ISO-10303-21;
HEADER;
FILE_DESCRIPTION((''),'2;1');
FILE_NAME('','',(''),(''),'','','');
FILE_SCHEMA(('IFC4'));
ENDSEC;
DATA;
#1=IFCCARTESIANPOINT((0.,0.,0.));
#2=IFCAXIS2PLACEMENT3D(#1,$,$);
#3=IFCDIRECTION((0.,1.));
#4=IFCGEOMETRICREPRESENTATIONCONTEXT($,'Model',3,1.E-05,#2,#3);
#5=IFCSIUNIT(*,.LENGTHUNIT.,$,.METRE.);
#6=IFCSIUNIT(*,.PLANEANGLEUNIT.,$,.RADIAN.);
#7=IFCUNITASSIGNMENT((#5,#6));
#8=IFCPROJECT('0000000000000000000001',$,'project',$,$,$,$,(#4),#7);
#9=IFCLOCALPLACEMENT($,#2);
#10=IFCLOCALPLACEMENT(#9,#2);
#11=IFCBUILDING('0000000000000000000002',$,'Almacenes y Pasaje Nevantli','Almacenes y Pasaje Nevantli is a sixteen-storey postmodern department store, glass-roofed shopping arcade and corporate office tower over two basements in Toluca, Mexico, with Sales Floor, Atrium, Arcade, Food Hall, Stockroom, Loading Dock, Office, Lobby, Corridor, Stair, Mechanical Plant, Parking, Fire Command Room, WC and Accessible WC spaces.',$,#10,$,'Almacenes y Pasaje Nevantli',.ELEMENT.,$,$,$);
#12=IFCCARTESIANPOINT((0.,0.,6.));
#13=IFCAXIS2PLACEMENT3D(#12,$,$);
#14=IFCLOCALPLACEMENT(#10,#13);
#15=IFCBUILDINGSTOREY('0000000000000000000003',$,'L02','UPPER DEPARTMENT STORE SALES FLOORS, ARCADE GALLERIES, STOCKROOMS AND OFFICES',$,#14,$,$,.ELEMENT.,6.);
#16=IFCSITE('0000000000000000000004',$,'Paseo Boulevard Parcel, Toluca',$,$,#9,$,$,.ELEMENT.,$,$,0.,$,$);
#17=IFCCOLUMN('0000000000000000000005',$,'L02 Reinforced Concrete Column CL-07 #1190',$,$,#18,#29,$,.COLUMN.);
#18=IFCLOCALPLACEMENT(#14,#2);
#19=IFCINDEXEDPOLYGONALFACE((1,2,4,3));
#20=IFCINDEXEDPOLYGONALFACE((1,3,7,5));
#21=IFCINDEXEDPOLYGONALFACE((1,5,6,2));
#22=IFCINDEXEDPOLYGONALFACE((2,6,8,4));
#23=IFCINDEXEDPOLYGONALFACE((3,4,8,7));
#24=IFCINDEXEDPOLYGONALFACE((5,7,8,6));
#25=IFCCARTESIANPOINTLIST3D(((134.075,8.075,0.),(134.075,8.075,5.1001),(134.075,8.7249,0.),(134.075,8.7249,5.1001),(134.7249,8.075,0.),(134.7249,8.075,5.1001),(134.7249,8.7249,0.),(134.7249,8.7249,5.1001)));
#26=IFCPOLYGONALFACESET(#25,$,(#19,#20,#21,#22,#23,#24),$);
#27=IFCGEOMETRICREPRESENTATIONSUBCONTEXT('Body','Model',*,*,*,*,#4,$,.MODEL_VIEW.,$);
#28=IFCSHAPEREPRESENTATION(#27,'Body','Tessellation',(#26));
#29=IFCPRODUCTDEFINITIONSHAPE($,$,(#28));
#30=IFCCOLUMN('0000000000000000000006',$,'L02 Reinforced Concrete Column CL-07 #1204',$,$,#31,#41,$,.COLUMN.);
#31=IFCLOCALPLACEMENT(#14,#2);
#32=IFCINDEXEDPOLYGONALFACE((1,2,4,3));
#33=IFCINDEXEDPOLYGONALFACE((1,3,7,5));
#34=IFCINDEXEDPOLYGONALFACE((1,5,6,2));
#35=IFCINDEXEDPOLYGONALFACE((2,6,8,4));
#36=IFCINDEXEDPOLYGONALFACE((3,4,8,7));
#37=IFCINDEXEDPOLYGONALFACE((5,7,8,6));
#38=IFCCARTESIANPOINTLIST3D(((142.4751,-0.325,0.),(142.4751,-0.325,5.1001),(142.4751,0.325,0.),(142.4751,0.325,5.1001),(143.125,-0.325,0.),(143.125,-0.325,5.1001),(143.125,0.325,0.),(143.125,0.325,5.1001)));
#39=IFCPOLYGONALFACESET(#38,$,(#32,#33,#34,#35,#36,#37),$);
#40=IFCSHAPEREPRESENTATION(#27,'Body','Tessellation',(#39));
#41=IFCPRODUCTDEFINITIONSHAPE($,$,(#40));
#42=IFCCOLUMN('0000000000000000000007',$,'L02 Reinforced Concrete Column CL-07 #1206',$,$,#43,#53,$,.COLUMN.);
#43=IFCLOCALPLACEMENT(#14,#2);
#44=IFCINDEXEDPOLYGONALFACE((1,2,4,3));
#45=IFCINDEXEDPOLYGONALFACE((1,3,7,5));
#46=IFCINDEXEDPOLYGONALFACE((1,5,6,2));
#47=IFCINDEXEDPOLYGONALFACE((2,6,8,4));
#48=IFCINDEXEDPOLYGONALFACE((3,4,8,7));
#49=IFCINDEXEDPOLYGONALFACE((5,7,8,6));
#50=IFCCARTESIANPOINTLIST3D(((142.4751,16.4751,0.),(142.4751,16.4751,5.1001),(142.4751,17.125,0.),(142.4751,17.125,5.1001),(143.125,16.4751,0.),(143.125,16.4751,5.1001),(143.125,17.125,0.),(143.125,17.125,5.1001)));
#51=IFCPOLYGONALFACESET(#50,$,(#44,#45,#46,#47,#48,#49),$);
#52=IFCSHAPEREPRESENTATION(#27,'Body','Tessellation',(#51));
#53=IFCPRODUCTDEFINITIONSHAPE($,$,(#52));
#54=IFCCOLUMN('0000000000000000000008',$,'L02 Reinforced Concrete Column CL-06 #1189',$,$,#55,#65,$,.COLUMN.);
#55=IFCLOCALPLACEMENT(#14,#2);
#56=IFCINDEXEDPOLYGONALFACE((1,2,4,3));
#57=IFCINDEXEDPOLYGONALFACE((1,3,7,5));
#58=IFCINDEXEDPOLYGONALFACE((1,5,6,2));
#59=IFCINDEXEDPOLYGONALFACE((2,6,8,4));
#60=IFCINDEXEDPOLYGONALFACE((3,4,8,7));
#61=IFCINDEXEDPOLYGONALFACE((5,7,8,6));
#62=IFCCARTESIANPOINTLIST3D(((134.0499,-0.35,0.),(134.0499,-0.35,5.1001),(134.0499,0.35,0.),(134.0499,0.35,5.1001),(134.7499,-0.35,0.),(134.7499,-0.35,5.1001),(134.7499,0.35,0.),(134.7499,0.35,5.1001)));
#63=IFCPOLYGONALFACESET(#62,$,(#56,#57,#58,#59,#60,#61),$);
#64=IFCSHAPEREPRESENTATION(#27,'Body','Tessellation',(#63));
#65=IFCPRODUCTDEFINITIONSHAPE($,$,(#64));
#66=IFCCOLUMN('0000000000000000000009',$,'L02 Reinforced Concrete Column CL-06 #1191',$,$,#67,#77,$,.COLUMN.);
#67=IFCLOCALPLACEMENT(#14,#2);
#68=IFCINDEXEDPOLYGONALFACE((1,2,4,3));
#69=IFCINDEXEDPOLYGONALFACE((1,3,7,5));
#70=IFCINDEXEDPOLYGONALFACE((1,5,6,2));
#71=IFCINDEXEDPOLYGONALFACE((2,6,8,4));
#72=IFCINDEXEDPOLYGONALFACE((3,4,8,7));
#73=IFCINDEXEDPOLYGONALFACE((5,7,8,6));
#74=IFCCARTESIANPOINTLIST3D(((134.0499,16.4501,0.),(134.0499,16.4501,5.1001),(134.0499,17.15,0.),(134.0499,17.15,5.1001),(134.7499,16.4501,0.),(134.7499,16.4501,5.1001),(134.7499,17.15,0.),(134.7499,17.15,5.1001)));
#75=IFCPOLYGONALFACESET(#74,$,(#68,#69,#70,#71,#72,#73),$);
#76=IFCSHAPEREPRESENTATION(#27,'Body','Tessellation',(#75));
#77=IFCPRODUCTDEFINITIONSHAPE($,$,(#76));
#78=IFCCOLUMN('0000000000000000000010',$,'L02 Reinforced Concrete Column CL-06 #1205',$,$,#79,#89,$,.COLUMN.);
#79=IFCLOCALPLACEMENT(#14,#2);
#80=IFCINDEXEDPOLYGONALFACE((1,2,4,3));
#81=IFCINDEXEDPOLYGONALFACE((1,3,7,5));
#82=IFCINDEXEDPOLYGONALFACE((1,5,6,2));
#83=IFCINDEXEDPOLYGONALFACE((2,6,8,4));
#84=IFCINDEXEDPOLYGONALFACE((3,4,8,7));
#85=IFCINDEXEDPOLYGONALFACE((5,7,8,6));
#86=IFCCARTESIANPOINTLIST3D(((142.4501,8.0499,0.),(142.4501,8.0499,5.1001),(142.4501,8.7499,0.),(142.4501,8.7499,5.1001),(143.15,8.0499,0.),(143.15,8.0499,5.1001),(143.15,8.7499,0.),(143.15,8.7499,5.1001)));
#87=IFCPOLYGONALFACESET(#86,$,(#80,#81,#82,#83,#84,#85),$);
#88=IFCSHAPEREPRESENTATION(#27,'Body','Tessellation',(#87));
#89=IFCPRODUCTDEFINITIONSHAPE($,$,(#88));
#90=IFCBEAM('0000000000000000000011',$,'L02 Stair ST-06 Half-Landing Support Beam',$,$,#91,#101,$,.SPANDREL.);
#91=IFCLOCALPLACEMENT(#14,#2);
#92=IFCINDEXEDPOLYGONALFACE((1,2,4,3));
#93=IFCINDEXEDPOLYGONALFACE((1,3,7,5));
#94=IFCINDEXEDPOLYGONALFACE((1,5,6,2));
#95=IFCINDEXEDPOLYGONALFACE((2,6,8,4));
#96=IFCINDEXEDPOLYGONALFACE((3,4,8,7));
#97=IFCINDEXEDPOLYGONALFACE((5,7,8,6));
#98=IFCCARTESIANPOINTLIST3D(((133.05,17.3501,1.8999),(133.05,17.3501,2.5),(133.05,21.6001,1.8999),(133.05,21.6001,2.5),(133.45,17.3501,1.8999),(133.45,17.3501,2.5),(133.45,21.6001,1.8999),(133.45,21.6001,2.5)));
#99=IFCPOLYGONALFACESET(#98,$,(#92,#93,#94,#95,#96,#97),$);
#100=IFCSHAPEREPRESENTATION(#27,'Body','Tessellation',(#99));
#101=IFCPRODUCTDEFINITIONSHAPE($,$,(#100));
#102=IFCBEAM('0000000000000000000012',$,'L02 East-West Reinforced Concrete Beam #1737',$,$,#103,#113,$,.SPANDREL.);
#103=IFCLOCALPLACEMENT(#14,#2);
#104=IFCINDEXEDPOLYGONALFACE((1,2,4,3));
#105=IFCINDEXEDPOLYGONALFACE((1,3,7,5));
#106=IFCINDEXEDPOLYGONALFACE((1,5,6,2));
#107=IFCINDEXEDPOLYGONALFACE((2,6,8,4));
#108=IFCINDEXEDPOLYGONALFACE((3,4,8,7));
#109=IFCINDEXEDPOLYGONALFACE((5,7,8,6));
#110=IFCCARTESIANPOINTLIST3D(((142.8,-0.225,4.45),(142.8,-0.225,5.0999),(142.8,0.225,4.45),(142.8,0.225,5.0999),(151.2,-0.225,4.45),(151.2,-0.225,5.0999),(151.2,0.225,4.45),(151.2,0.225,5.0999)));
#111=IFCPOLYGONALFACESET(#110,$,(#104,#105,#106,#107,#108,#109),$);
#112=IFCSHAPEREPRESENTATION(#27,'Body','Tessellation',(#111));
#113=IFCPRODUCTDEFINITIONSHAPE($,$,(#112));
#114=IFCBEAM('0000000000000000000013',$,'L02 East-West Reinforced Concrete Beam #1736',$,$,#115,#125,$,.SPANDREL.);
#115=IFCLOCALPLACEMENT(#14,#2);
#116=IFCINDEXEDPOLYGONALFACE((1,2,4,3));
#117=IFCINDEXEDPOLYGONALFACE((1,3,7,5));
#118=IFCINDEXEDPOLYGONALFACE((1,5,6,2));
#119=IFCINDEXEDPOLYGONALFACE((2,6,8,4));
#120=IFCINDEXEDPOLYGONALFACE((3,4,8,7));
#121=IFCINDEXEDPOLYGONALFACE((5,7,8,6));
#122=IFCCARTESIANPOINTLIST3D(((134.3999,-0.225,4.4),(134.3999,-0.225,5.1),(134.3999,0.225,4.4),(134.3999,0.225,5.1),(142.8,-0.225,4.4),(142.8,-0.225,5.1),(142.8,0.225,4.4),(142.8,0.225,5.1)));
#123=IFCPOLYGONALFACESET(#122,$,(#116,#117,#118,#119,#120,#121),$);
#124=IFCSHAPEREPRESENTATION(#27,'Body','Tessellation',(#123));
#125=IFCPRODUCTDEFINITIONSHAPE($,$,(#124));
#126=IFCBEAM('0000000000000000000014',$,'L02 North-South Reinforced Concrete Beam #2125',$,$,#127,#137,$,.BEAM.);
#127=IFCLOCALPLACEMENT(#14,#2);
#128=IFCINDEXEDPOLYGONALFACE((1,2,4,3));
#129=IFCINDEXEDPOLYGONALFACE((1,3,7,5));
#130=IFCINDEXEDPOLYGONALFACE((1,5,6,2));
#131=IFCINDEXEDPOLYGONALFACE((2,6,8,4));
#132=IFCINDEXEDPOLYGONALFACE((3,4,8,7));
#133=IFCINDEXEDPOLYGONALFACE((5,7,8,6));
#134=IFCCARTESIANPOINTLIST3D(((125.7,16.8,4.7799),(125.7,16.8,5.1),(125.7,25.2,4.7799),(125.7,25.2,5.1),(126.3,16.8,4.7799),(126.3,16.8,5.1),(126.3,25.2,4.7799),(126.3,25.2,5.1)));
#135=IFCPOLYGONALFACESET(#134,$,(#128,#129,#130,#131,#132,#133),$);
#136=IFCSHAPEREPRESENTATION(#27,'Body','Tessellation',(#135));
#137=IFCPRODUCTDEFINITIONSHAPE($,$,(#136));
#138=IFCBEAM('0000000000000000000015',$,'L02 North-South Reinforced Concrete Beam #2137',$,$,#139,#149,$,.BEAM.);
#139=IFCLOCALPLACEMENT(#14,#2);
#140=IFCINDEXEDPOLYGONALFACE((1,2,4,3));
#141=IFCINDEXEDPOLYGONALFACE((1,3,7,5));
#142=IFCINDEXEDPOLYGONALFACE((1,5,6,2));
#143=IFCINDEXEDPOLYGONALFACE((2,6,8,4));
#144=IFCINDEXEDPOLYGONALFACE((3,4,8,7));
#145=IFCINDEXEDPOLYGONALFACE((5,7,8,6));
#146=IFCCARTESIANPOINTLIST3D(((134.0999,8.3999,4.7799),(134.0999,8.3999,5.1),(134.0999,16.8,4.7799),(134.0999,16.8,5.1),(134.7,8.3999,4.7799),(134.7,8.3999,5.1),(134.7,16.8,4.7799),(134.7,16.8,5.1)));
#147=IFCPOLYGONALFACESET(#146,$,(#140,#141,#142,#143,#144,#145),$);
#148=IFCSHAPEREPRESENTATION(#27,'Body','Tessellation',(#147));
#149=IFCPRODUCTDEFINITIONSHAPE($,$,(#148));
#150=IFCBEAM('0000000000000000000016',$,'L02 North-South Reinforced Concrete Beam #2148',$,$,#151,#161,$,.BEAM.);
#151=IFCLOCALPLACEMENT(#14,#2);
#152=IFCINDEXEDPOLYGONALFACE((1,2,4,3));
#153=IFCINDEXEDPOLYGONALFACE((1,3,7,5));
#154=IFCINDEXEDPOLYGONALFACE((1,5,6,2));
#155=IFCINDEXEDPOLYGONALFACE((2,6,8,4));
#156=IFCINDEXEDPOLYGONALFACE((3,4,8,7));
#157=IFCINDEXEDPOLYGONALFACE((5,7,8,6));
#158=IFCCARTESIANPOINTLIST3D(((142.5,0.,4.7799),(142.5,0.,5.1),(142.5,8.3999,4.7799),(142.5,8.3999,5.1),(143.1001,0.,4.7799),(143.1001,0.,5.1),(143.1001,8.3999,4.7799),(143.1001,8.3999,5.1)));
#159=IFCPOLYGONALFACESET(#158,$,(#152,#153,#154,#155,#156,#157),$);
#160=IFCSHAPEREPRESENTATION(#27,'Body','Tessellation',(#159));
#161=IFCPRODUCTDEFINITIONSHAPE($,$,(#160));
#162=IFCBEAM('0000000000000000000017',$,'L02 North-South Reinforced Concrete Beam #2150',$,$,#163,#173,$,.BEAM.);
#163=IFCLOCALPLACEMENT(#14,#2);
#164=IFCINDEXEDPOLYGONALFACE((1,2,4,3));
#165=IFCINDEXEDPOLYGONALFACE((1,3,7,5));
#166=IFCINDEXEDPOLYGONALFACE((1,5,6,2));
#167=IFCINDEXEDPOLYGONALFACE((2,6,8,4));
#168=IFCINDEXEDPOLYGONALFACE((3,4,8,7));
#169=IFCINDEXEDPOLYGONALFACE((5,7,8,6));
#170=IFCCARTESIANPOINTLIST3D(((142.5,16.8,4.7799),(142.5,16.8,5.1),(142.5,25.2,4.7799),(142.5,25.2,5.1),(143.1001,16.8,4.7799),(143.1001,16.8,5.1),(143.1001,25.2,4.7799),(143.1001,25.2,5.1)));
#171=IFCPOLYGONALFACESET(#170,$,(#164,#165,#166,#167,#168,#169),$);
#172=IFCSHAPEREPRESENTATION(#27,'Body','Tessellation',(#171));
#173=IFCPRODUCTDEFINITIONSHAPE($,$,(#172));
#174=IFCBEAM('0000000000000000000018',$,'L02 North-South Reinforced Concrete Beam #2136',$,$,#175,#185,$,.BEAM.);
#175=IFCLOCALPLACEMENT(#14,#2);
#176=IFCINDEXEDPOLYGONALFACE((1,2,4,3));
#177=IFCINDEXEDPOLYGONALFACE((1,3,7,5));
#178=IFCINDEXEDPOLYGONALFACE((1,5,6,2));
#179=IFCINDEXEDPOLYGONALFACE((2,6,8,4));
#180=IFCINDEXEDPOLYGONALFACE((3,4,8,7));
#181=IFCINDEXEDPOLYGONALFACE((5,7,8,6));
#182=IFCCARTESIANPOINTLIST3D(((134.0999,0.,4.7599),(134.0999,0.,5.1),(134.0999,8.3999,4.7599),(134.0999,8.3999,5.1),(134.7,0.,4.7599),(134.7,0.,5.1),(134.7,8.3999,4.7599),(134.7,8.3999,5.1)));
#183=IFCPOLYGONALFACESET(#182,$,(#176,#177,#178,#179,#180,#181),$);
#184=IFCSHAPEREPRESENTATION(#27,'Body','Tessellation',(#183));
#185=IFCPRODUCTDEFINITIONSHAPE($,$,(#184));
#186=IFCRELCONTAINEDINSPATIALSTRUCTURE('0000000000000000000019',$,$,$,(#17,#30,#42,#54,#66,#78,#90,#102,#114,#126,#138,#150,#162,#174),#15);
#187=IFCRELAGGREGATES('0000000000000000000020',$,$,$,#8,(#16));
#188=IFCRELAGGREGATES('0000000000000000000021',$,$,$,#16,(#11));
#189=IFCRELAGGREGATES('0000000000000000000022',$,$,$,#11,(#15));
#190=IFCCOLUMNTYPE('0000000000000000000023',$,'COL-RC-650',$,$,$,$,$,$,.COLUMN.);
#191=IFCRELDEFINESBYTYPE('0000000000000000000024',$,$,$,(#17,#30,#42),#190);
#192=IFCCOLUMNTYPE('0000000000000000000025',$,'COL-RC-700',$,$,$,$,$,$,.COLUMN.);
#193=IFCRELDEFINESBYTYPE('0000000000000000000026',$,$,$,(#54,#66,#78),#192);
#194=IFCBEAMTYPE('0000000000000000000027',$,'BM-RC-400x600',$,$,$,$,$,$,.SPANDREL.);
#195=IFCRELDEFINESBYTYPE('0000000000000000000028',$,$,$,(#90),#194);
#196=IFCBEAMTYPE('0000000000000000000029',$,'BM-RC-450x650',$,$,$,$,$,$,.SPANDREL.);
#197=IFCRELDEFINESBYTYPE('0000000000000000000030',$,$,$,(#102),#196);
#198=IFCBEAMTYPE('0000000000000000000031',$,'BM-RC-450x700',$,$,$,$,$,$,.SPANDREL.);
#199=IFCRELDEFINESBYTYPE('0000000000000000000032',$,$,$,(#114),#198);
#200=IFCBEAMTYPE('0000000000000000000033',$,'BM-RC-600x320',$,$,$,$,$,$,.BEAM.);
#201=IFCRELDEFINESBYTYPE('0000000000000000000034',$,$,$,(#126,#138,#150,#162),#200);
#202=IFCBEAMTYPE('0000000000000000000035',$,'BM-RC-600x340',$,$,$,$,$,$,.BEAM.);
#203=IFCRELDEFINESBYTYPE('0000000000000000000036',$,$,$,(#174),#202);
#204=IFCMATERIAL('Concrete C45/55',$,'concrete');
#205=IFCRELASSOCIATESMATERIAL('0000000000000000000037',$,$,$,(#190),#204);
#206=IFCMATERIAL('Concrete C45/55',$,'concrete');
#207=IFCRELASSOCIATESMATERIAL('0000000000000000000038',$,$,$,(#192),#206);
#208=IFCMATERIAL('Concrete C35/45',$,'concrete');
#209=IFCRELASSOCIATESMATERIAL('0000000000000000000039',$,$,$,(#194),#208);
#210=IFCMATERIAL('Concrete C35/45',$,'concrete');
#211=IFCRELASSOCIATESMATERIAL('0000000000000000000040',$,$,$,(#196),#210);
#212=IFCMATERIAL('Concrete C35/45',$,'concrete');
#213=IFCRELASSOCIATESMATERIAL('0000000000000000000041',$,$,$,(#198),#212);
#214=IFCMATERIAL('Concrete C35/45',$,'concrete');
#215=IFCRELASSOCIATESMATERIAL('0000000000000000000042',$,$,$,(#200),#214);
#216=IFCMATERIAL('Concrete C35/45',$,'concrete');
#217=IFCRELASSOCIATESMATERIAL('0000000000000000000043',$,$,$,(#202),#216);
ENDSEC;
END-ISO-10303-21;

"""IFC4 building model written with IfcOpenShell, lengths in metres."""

from ifc_helpers import new_model, si_unit, direction, frame, origin, origin_2d, place, context, subcontext, project, spatial, rectangle, extrude, material, material_profile, profile_set, type_object, element, save


model = new_model("IFC4")

# Units and contexts
model_context = context("Model", 3, precision=1e-05, world=origin(), true_north=direction((0.0, 1.0)))
body_context = subcontext(model_context, "Body", "Model", "MODEL_VIEW")
ifc_project = project(units=[si_unit("LENGTHUNIT", "METRE"), si_unit("PLANEANGLEUNIT", "RADIAN")], contexts=[model_context])

# Site, building, storey
site_placement = place(None, origin())
site = spatial("IfcSite", under=ifc_project, at=site_placement, Name="Paseo Boulevard Parcel, Toluca", CompositionType="ELEMENT", RefElevation=0.0)
building_placement = place(site_placement, origin())
building = spatial("IfcBuilding", under=site, at=building_placement, Name="Almacenes y Pasaje Nevantli", Description="Almacenes y Pasaje Nevantli is a sixteen-storey postmodern department store, glass-roofed shopping arcade and corporate office tower over two basements in Toluca, Mexico, with Sales Floor, Atrium, Arcade, Food Hall, Stockroom, Loading Dock, Office, Lobby, Corridor, Stair, Mechanical Plant, Parking, Fire Command Room, WC and Accessible WC spaces.", LongName="Almacenes y Pasaje Nevantli", CompositionType="ELEMENT")
storey_placement = place(building_placement, frame((0.0, 0.0, 6.0)))
storey = spatial("IfcBuildingStorey", under=building, at=storey_placement, Name="L02", Description="UPPER DEPARTMENT STORE SALES FLOORS, ARCADE GALLERIES, STOCKROOMS AND OFFICES", CompositionType="ELEMENT", Elevation=6.0)

# Columns
ifc_material_1 = material(Name="Concrete C45/55", Category="concrete")
ifc_material_profile_1 = material_profile(ifc_material_1, rectangle(XDim=0.6499, YDim=0.6499, at=origin_2d()), Name="RC-COL-650x650")
ifc_profile_set_1 = profile_set([ifc_material_profile_1], Name="Concrete C45/55")
column_type_1 = type_object("IfcColumnType", Name="COL-RC-650", PredefinedType="COLUMN", material=ifc_profile_set_1)
for number, where, z_axis, x_axis, name in (
    (1, (134.3999, 8.3999, 0.0), (0.0, 0.0, 1.0), (1.0, 0.0, 0.0), "L02 Reinforced Concrete Column CL-07 #1190"),
    (2, (142.8, 0.0, 0.0), (0.0, 0.0, 1.0), (1.0, 0.0, 0.0), "L02 Reinforced Concrete Column CL-07 #1204"),
    (3, (142.8, 16.8, 0.0), (0.0, 0.0, 1.0), (1.0, 0.0, 0.0), "L02 Reinforced Concrete Column CL-07 #1206"),
):
    element("IfcColumn", number, at=place(storey_placement, frame(where, z_axis=z_axis, x_axis=x_axis)), inside=storey, type_object=column_type_1, Name=name, PredefinedType="COLUMN", context=body_context, shape_type="SweptSolid", body=[
        extrude(rectangle(XDim=0.6499, YDim=0.6499, at=origin_2d()), origin(), (0.0, 0.0, 1.0), 5.1001),
    ])
ifc_material_2 = material(Name="Concrete C45/55", Category="concrete")
ifc_material_profile_2 = material_profile(ifc_material_2, rectangle(XDim=0.7, YDim=0.7, at=origin_2d()), Name="RC-COL-700x700")
ifc_profile_set_2 = profile_set([ifc_material_profile_2], Name="Concrete C45/55")
column_type_2 = type_object("IfcColumnType", Name="COL-RC-700", PredefinedType="COLUMN", material=ifc_profile_set_2)
for number, where, z_axis, x_axis, name in (
    (4, (134.3999, 0.0, 0.0), (0.0, 0.0, 1.0), (1.0, 0.0, 0.0), "L02 Reinforced Concrete Column CL-06 #1189"),
    (5, (134.3999, 16.8, 0.0), (0.0, 0.0, 1.0), (1.0, 0.0, 0.0), "L02 Reinforced Concrete Column CL-06 #1191"),
    (6, (142.8, 8.3999, 0.0), (0.0, 0.0, 1.0), (1.0, 0.0, 0.0), "L02 Reinforced Concrete Column CL-06 #1205"),
):
    element("IfcColumn", number, at=place(storey_placement, frame(where, z_axis=z_axis, x_axis=x_axis)), inside=storey, type_object=column_type_2, Name=name, PredefinedType="COLUMN", context=body_context, shape_type="SweptSolid", body=[
        extrude(rectangle(XDim=0.7, YDim=0.7, at=origin_2d()), origin(), (0.0, 0.0, 1.0), 5.1001),
    ])

# Beams
ifc_material_3 = material(Name="Concrete C35/45", Category="concrete")
ifc_material_profile_3 = material_profile(ifc_material_3, rectangle(XDim=0.3999, YDim=0.6001, at=origin_2d()), Name="RC-BM-400x600")
ifc_profile_set_3 = profile_set([ifc_material_profile_3], Name="Concrete C35/45")
beam_type_1 = type_object("IfcBeamType", Name="BM-RC-400x600", PredefinedType="SPANDREL", material=ifc_profile_set_3)
beam_1_placement = place(storey_placement, frame((133.25, 17.3501, 2.2), z_axis=(0.0, 1.0, 0.0), x_axis=(-1.0, 0.0, 0.0)))
element("IfcBeam", 7, at=beam_1_placement, inside=storey, type_object=beam_type_1, Name="L02 Stair ST-06 Half-Landing Support Beam", PredefinedType="SPANDREL", context=body_context, shape_type="SweptSolid", body=[
    extrude(rectangle(XDim=0.3999, YDim=0.6001, at=origin_2d()), origin(), (0.0, 0.0, 1.0), 4.25),
])
ifc_material_4 = material(Name="Concrete C35/45", Category="concrete")
ifc_material_profile_4 = material_profile(ifc_material_4, rectangle(XDim=0.45, YDim=0.6499, at=origin_2d()), Name="RC-BM-450x650")
ifc_profile_set_4 = profile_set([ifc_material_profile_4], Name="Concrete C35/45")
beam_type_2 = type_object("IfcBeamType", Name="BM-RC-450x650", PredefinedType="SPANDREL", material=ifc_profile_set_4)
beam_2_placement = place(storey_placement, frame((142.8, 0.0, 4.7749), z_axis=(1.0, 0.0, 0.0), x_axis=(0.0, 1.0, 0.0)))
element("IfcBeam", 8, at=beam_2_placement, inside=storey, type_object=beam_type_2, Name="L02 East-West Reinforced Concrete Beam #1737", PredefinedType="SPANDREL", context=body_context, shape_type="SweptSolid", body=[
    extrude(rectangle(XDim=0.45, YDim=0.6499, at=origin_2d()), origin(), (0.0, 0.0, 1.0), 8.3999),
])
ifc_material_5 = material(Name="Concrete C35/45", Category="concrete")
ifc_material_profile_5 = material_profile(ifc_material_5, rectangle(XDim=0.45, YDim=0.7, at=origin_2d()), Name="RC-BM-450x700")
ifc_profile_set_5 = profile_set([ifc_material_profile_5], Name="Concrete C35/45")
beam_type_3 = type_object("IfcBeamType", Name="BM-RC-450x700", PredefinedType="SPANDREL", material=ifc_profile_set_5)
beam_3_placement = place(storey_placement, frame((134.3999, 0.0, 4.75), z_axis=(1.0, 0.0, 0.0), x_axis=(0.0, 1.0, 0.0)))
element("IfcBeam", 9, at=beam_3_placement, inside=storey, type_object=beam_type_3, Name="L02 East-West Reinforced Concrete Beam #1736", PredefinedType="SPANDREL", context=body_context, shape_type="SweptSolid", body=[
    extrude(rectangle(XDim=0.45, YDim=0.7, at=origin_2d()), origin(), (0.0, 0.0, 1.0), 8.4001),
])
ifc_material_6 = material(Name="Concrete C35/45", Category="concrete")
ifc_material_profile_6 = material_profile(ifc_material_6, rectangle(XDim=0.6001, YDim=0.3201, at=origin_2d()), Name="RC-BM-600x320")
ifc_profile_set_6 = profile_set([ifc_material_profile_6], Name="Concrete C35/45")
beam_type_4 = type_object("IfcBeamType", Name="BM-RC-600x320", PredefinedType="BEAM", material=ifc_profile_set_6)
beam_4_placement = place(storey_placement, frame((126.0, 16.8, 4.9399), z_axis=(0.0, 1.0, 0.0), x_axis=(-1.0, 0.0, 0.0)))
element("IfcBeam", 10, at=beam_4_placement, inside=storey, type_object=beam_type_4, Name="L02 North-South Reinforced Concrete Beam #2125", PredefinedType="BEAM", context=body_context, shape_type="SweptSolid", body=[
    extrude(rectangle(XDim=0.6001, YDim=0.3201, at=origin_2d()), origin(), (0.0, 0.0, 1.0), 8.3999),
])
beam_5_placement = place(storey_placement, frame((134.3999, 8.3999, 4.9399), z_axis=(0.0, 1.0, 0.0), x_axis=(-1.0, 0.0, 0.0)))
element("IfcBeam", 11, at=beam_5_placement, inside=storey, type_object=beam_type_4, Name="L02 North-South Reinforced Concrete Beam #2137", PredefinedType="BEAM", context=body_context, shape_type="SweptSolid", body=[
    extrude(rectangle(XDim=0.6001, YDim=0.3201, at=origin_2d()), origin(), (0.0, 0.0, 1.0), 8.4001),
])
for number, where, z_axis, x_axis, name in (
    (12, (142.8, 0.0, 4.9399), (0.0, 1.0, 0.0), (-1.0, 0.0, 0.0), "L02 North-South Reinforced Concrete Beam #2148"),
    (13, (142.8, 16.8, 4.9399), (0.0, 1.0, 0.0), (-1.0, 0.0, 0.0), "L02 North-South Reinforced Concrete Beam #2150"),
):
    element("IfcBeam", number, at=place(storey_placement, frame(where, z_axis=z_axis, x_axis=x_axis)), inside=storey, type_object=beam_type_4, Name=name, PredefinedType="BEAM", context=body_context, shape_type="SweptSolid", body=[
        extrude(rectangle(XDim=0.6001, YDim=0.3201, at=origin_2d()), origin(), (0.0, 0.0, 1.0), 8.3999),
    ])
ifc_material_7 = material(Name="Concrete C35/45", Category="concrete")
ifc_material_profile_7 = material_profile(ifc_material_7, rectangle(XDim=0.6001, YDim=0.3401, at=origin_2d()), Name="RC-BM-600x340")
ifc_profile_set_7 = profile_set([ifc_material_profile_7], Name="Concrete C35/45")
beam_type_5 = type_object("IfcBeamType", Name="BM-RC-600x340", PredefinedType="BEAM", material=ifc_profile_set_7)
beam_6_placement = place(storey_placement, frame((134.3999, 0.0, 4.9299), z_axis=(0.0, 1.0, 0.0), x_axis=(-1.0, 0.0, 0.0)))
element("IfcBeam", 14, at=beam_6_placement, inside=storey, type_object=beam_type_5, Name="L02 North-South Reinforced Concrete Beam #2136", PredefinedType="BEAM", context=body_context, shape_type="SweptSolid", body=[
    extrude(rectangle(XDim=0.6001, YDim=0.3401, at=origin_2d()), origin(), (0.0, 0.0, 1.0), 8.3999),
])

save(model, "model.ifc")
